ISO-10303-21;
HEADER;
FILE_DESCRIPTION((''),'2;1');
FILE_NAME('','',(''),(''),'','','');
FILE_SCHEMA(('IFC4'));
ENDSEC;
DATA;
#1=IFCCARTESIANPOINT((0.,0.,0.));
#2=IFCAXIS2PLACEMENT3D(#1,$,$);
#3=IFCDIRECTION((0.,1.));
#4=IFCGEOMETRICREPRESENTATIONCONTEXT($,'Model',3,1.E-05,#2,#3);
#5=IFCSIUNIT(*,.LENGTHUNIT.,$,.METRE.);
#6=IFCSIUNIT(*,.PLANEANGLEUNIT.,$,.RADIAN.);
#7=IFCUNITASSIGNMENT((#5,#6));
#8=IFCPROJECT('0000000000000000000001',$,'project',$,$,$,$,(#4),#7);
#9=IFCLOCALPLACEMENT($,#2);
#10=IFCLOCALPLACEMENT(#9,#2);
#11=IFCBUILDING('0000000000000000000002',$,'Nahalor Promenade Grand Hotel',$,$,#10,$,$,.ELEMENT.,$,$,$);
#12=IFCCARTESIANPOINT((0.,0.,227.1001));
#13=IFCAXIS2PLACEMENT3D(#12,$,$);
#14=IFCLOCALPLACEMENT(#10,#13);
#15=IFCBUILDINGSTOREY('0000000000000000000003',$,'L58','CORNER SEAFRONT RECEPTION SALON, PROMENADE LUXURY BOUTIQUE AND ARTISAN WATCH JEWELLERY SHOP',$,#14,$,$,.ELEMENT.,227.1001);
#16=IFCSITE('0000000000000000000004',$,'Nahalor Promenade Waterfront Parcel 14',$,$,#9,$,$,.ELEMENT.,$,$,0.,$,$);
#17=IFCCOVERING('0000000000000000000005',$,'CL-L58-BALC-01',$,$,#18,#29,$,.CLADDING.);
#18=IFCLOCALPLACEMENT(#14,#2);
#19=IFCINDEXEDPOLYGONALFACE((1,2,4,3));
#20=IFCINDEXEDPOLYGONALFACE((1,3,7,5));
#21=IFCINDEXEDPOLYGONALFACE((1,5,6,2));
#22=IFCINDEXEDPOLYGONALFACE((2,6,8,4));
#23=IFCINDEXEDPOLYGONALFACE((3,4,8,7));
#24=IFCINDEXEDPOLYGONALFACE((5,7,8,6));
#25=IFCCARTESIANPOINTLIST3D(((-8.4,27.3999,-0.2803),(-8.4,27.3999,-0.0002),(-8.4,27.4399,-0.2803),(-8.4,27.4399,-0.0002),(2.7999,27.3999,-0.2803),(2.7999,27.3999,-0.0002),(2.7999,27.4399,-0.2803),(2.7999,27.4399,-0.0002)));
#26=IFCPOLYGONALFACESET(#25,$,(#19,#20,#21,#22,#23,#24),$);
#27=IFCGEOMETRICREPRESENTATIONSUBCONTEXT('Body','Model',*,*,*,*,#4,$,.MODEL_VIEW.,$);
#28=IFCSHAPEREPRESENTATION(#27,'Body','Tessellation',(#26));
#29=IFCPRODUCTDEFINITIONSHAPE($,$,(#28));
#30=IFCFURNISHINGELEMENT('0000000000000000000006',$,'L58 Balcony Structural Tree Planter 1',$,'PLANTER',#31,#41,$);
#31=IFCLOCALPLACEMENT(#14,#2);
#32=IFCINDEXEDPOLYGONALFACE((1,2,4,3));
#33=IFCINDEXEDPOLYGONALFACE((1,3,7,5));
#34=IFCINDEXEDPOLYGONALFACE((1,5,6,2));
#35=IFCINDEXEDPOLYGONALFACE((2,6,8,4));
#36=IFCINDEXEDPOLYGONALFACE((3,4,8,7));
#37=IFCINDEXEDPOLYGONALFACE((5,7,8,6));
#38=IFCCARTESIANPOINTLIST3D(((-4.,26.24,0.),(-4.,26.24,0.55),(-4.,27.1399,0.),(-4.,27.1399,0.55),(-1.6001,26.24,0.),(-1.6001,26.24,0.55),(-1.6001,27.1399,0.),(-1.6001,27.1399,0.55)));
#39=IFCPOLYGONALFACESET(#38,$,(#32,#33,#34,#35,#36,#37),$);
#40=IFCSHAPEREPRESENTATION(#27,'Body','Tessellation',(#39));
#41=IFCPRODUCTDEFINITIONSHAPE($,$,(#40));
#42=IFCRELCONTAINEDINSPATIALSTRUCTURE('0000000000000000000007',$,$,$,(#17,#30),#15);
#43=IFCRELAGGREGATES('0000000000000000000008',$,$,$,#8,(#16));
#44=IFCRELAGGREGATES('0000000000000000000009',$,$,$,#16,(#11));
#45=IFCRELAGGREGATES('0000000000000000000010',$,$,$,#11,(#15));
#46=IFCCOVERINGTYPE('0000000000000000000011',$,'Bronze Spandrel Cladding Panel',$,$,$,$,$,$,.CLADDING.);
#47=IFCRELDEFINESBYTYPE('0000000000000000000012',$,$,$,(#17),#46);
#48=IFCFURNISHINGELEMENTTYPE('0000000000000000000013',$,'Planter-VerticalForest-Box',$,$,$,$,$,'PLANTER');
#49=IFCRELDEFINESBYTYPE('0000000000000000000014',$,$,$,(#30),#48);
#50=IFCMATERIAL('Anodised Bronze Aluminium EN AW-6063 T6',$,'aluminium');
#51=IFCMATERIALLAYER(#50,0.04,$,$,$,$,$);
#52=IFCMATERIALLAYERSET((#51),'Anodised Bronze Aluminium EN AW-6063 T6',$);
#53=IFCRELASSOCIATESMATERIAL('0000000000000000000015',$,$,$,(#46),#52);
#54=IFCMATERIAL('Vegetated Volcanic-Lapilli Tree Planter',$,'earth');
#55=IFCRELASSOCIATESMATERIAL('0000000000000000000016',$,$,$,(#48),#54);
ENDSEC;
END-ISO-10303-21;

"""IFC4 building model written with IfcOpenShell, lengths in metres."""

from ifc_helpers import new_model, si_unit, direction, frame, origin, origin_2d, place, context, subcontext, project, spatial, rectangle, extrude, source, transform, mapped, material, layer, layer_set, type_object, element, save


model = new_model("IFC4")

# Units and contexts
model_context = context("Model", 3, precision=1e-05, world=origin(), true_north=direction((0.0, 1.0)))
body_context = subcontext(model_context, "Body", "Model", "MODEL_VIEW")
ifc_project = project(units=[si_unit("LENGTHUNIT", "METRE"), si_unit("PLANEANGLEUNIT", "RADIAN")], contexts=[model_context])

# Site, building, storey
site_placement = place(None, origin())
site = spatial("IfcSite", under=ifc_project, at=site_placement, Name="Nahalor Promenade Waterfront Parcel 14", CompositionType="ELEMENT", RefElevation=0.0)
building_placement = place(site_placement, origin())
building = spatial("IfcBuilding", under=site, at=building_placement, Name="Nahalor Promenade Grand Hotel", CompositionType="ELEMENT")
storey_placement = place(building_placement, frame((0.0, 0.0, 227.1001)))
storey = spatial("IfcBuildingStorey", under=building, at=storey_placement, Name="L58", Description="CORNER SEAFRONT RECEPTION SALON, PROMENADE LUXURY BOUTIQUE AND ARTISAN WATCH JEWELLERY SHOP", CompositionType="ELEMENT", Elevation=227.1001)

# Shared definitions
ifc_material_1 = material(Name="Anodised Bronze Aluminium EN AW-6063 T6", Category="aluminium")

# Covering
ifc_layer_1 = layer(ifc_material_1, 0.04)
ifc_layer_set_1 = layer_set([ifc_layer_1], Name="Anodised Bronze Aluminium EN AW-6063 T6")
covering_type = type_object("IfcCoveringType", Name="Bronze Spandrel Cladding Panel", PredefinedType="CLADDING", material=ifc_layer_set_1)
shared_shape_1 = source(origin(), body_context, "Body", "SweptSolid", [
    extrude(rectangle(XDim=11.2, YDim=0.04, at=origin_2d()), origin(), (0.0, 0.0, 1.0), 0.28),
])
covering_placement = place(storey_placement, frame((-2.8, 27.4199, -0.2803), z_axis=(0.0, 0.0, 1.0), x_axis=(1.0, 0.0, 0.0)))
element("IfcCovering", 1, at=covering_placement, inside=storey, type_object=covering_type, Name="CL-L58-BALC-01", PredefinedType="CLADDING", context=body_context, shape_type="MappedRepresentation", body=[
    mapped(shared_shape_1, transform((0.0, 0.0, 0.0), scale=1.0)),
])

# Furnishing element
ifc_material_2 = material(Name="Vegetated Volcanic-Lapilli Tree Planter", Category="earth")
furnishing_element_type = type_object("IfcFurnishingElementType", Name="Planter-VerticalForest-Box", ElementType="PLANTER", material=ifc_material_2)
shared_shape_2 = source(origin(), body_context, "Body", "SweptSolid", [
    extrude(rectangle(XDim=2.3999, YDim=0.8999, at=origin_2d()), origin(), (0.0, 0.0, 1.0), 0.55),
])
furnishing_placement = place(storey_placement, frame((-2.8, 26.6899, 0.0), z_axis=(0.0, 0.0, 1.0), x_axis=(1.0, 0.0, 0.0)))
element("IfcFurnishingElement", 2, at=furnishing_placement, inside=storey, type_object=furnishing_element_type, Name="L58 Balcony Structural Tree Planter 1", ObjectType="PLANTER", context=body_context, shape_type="MappedRepresentation", body=[
    mapped(shared_shape_2, transform((0.0, 0.0, 0.0), scale=1.0)),
])

save(model, "model.ifc")
